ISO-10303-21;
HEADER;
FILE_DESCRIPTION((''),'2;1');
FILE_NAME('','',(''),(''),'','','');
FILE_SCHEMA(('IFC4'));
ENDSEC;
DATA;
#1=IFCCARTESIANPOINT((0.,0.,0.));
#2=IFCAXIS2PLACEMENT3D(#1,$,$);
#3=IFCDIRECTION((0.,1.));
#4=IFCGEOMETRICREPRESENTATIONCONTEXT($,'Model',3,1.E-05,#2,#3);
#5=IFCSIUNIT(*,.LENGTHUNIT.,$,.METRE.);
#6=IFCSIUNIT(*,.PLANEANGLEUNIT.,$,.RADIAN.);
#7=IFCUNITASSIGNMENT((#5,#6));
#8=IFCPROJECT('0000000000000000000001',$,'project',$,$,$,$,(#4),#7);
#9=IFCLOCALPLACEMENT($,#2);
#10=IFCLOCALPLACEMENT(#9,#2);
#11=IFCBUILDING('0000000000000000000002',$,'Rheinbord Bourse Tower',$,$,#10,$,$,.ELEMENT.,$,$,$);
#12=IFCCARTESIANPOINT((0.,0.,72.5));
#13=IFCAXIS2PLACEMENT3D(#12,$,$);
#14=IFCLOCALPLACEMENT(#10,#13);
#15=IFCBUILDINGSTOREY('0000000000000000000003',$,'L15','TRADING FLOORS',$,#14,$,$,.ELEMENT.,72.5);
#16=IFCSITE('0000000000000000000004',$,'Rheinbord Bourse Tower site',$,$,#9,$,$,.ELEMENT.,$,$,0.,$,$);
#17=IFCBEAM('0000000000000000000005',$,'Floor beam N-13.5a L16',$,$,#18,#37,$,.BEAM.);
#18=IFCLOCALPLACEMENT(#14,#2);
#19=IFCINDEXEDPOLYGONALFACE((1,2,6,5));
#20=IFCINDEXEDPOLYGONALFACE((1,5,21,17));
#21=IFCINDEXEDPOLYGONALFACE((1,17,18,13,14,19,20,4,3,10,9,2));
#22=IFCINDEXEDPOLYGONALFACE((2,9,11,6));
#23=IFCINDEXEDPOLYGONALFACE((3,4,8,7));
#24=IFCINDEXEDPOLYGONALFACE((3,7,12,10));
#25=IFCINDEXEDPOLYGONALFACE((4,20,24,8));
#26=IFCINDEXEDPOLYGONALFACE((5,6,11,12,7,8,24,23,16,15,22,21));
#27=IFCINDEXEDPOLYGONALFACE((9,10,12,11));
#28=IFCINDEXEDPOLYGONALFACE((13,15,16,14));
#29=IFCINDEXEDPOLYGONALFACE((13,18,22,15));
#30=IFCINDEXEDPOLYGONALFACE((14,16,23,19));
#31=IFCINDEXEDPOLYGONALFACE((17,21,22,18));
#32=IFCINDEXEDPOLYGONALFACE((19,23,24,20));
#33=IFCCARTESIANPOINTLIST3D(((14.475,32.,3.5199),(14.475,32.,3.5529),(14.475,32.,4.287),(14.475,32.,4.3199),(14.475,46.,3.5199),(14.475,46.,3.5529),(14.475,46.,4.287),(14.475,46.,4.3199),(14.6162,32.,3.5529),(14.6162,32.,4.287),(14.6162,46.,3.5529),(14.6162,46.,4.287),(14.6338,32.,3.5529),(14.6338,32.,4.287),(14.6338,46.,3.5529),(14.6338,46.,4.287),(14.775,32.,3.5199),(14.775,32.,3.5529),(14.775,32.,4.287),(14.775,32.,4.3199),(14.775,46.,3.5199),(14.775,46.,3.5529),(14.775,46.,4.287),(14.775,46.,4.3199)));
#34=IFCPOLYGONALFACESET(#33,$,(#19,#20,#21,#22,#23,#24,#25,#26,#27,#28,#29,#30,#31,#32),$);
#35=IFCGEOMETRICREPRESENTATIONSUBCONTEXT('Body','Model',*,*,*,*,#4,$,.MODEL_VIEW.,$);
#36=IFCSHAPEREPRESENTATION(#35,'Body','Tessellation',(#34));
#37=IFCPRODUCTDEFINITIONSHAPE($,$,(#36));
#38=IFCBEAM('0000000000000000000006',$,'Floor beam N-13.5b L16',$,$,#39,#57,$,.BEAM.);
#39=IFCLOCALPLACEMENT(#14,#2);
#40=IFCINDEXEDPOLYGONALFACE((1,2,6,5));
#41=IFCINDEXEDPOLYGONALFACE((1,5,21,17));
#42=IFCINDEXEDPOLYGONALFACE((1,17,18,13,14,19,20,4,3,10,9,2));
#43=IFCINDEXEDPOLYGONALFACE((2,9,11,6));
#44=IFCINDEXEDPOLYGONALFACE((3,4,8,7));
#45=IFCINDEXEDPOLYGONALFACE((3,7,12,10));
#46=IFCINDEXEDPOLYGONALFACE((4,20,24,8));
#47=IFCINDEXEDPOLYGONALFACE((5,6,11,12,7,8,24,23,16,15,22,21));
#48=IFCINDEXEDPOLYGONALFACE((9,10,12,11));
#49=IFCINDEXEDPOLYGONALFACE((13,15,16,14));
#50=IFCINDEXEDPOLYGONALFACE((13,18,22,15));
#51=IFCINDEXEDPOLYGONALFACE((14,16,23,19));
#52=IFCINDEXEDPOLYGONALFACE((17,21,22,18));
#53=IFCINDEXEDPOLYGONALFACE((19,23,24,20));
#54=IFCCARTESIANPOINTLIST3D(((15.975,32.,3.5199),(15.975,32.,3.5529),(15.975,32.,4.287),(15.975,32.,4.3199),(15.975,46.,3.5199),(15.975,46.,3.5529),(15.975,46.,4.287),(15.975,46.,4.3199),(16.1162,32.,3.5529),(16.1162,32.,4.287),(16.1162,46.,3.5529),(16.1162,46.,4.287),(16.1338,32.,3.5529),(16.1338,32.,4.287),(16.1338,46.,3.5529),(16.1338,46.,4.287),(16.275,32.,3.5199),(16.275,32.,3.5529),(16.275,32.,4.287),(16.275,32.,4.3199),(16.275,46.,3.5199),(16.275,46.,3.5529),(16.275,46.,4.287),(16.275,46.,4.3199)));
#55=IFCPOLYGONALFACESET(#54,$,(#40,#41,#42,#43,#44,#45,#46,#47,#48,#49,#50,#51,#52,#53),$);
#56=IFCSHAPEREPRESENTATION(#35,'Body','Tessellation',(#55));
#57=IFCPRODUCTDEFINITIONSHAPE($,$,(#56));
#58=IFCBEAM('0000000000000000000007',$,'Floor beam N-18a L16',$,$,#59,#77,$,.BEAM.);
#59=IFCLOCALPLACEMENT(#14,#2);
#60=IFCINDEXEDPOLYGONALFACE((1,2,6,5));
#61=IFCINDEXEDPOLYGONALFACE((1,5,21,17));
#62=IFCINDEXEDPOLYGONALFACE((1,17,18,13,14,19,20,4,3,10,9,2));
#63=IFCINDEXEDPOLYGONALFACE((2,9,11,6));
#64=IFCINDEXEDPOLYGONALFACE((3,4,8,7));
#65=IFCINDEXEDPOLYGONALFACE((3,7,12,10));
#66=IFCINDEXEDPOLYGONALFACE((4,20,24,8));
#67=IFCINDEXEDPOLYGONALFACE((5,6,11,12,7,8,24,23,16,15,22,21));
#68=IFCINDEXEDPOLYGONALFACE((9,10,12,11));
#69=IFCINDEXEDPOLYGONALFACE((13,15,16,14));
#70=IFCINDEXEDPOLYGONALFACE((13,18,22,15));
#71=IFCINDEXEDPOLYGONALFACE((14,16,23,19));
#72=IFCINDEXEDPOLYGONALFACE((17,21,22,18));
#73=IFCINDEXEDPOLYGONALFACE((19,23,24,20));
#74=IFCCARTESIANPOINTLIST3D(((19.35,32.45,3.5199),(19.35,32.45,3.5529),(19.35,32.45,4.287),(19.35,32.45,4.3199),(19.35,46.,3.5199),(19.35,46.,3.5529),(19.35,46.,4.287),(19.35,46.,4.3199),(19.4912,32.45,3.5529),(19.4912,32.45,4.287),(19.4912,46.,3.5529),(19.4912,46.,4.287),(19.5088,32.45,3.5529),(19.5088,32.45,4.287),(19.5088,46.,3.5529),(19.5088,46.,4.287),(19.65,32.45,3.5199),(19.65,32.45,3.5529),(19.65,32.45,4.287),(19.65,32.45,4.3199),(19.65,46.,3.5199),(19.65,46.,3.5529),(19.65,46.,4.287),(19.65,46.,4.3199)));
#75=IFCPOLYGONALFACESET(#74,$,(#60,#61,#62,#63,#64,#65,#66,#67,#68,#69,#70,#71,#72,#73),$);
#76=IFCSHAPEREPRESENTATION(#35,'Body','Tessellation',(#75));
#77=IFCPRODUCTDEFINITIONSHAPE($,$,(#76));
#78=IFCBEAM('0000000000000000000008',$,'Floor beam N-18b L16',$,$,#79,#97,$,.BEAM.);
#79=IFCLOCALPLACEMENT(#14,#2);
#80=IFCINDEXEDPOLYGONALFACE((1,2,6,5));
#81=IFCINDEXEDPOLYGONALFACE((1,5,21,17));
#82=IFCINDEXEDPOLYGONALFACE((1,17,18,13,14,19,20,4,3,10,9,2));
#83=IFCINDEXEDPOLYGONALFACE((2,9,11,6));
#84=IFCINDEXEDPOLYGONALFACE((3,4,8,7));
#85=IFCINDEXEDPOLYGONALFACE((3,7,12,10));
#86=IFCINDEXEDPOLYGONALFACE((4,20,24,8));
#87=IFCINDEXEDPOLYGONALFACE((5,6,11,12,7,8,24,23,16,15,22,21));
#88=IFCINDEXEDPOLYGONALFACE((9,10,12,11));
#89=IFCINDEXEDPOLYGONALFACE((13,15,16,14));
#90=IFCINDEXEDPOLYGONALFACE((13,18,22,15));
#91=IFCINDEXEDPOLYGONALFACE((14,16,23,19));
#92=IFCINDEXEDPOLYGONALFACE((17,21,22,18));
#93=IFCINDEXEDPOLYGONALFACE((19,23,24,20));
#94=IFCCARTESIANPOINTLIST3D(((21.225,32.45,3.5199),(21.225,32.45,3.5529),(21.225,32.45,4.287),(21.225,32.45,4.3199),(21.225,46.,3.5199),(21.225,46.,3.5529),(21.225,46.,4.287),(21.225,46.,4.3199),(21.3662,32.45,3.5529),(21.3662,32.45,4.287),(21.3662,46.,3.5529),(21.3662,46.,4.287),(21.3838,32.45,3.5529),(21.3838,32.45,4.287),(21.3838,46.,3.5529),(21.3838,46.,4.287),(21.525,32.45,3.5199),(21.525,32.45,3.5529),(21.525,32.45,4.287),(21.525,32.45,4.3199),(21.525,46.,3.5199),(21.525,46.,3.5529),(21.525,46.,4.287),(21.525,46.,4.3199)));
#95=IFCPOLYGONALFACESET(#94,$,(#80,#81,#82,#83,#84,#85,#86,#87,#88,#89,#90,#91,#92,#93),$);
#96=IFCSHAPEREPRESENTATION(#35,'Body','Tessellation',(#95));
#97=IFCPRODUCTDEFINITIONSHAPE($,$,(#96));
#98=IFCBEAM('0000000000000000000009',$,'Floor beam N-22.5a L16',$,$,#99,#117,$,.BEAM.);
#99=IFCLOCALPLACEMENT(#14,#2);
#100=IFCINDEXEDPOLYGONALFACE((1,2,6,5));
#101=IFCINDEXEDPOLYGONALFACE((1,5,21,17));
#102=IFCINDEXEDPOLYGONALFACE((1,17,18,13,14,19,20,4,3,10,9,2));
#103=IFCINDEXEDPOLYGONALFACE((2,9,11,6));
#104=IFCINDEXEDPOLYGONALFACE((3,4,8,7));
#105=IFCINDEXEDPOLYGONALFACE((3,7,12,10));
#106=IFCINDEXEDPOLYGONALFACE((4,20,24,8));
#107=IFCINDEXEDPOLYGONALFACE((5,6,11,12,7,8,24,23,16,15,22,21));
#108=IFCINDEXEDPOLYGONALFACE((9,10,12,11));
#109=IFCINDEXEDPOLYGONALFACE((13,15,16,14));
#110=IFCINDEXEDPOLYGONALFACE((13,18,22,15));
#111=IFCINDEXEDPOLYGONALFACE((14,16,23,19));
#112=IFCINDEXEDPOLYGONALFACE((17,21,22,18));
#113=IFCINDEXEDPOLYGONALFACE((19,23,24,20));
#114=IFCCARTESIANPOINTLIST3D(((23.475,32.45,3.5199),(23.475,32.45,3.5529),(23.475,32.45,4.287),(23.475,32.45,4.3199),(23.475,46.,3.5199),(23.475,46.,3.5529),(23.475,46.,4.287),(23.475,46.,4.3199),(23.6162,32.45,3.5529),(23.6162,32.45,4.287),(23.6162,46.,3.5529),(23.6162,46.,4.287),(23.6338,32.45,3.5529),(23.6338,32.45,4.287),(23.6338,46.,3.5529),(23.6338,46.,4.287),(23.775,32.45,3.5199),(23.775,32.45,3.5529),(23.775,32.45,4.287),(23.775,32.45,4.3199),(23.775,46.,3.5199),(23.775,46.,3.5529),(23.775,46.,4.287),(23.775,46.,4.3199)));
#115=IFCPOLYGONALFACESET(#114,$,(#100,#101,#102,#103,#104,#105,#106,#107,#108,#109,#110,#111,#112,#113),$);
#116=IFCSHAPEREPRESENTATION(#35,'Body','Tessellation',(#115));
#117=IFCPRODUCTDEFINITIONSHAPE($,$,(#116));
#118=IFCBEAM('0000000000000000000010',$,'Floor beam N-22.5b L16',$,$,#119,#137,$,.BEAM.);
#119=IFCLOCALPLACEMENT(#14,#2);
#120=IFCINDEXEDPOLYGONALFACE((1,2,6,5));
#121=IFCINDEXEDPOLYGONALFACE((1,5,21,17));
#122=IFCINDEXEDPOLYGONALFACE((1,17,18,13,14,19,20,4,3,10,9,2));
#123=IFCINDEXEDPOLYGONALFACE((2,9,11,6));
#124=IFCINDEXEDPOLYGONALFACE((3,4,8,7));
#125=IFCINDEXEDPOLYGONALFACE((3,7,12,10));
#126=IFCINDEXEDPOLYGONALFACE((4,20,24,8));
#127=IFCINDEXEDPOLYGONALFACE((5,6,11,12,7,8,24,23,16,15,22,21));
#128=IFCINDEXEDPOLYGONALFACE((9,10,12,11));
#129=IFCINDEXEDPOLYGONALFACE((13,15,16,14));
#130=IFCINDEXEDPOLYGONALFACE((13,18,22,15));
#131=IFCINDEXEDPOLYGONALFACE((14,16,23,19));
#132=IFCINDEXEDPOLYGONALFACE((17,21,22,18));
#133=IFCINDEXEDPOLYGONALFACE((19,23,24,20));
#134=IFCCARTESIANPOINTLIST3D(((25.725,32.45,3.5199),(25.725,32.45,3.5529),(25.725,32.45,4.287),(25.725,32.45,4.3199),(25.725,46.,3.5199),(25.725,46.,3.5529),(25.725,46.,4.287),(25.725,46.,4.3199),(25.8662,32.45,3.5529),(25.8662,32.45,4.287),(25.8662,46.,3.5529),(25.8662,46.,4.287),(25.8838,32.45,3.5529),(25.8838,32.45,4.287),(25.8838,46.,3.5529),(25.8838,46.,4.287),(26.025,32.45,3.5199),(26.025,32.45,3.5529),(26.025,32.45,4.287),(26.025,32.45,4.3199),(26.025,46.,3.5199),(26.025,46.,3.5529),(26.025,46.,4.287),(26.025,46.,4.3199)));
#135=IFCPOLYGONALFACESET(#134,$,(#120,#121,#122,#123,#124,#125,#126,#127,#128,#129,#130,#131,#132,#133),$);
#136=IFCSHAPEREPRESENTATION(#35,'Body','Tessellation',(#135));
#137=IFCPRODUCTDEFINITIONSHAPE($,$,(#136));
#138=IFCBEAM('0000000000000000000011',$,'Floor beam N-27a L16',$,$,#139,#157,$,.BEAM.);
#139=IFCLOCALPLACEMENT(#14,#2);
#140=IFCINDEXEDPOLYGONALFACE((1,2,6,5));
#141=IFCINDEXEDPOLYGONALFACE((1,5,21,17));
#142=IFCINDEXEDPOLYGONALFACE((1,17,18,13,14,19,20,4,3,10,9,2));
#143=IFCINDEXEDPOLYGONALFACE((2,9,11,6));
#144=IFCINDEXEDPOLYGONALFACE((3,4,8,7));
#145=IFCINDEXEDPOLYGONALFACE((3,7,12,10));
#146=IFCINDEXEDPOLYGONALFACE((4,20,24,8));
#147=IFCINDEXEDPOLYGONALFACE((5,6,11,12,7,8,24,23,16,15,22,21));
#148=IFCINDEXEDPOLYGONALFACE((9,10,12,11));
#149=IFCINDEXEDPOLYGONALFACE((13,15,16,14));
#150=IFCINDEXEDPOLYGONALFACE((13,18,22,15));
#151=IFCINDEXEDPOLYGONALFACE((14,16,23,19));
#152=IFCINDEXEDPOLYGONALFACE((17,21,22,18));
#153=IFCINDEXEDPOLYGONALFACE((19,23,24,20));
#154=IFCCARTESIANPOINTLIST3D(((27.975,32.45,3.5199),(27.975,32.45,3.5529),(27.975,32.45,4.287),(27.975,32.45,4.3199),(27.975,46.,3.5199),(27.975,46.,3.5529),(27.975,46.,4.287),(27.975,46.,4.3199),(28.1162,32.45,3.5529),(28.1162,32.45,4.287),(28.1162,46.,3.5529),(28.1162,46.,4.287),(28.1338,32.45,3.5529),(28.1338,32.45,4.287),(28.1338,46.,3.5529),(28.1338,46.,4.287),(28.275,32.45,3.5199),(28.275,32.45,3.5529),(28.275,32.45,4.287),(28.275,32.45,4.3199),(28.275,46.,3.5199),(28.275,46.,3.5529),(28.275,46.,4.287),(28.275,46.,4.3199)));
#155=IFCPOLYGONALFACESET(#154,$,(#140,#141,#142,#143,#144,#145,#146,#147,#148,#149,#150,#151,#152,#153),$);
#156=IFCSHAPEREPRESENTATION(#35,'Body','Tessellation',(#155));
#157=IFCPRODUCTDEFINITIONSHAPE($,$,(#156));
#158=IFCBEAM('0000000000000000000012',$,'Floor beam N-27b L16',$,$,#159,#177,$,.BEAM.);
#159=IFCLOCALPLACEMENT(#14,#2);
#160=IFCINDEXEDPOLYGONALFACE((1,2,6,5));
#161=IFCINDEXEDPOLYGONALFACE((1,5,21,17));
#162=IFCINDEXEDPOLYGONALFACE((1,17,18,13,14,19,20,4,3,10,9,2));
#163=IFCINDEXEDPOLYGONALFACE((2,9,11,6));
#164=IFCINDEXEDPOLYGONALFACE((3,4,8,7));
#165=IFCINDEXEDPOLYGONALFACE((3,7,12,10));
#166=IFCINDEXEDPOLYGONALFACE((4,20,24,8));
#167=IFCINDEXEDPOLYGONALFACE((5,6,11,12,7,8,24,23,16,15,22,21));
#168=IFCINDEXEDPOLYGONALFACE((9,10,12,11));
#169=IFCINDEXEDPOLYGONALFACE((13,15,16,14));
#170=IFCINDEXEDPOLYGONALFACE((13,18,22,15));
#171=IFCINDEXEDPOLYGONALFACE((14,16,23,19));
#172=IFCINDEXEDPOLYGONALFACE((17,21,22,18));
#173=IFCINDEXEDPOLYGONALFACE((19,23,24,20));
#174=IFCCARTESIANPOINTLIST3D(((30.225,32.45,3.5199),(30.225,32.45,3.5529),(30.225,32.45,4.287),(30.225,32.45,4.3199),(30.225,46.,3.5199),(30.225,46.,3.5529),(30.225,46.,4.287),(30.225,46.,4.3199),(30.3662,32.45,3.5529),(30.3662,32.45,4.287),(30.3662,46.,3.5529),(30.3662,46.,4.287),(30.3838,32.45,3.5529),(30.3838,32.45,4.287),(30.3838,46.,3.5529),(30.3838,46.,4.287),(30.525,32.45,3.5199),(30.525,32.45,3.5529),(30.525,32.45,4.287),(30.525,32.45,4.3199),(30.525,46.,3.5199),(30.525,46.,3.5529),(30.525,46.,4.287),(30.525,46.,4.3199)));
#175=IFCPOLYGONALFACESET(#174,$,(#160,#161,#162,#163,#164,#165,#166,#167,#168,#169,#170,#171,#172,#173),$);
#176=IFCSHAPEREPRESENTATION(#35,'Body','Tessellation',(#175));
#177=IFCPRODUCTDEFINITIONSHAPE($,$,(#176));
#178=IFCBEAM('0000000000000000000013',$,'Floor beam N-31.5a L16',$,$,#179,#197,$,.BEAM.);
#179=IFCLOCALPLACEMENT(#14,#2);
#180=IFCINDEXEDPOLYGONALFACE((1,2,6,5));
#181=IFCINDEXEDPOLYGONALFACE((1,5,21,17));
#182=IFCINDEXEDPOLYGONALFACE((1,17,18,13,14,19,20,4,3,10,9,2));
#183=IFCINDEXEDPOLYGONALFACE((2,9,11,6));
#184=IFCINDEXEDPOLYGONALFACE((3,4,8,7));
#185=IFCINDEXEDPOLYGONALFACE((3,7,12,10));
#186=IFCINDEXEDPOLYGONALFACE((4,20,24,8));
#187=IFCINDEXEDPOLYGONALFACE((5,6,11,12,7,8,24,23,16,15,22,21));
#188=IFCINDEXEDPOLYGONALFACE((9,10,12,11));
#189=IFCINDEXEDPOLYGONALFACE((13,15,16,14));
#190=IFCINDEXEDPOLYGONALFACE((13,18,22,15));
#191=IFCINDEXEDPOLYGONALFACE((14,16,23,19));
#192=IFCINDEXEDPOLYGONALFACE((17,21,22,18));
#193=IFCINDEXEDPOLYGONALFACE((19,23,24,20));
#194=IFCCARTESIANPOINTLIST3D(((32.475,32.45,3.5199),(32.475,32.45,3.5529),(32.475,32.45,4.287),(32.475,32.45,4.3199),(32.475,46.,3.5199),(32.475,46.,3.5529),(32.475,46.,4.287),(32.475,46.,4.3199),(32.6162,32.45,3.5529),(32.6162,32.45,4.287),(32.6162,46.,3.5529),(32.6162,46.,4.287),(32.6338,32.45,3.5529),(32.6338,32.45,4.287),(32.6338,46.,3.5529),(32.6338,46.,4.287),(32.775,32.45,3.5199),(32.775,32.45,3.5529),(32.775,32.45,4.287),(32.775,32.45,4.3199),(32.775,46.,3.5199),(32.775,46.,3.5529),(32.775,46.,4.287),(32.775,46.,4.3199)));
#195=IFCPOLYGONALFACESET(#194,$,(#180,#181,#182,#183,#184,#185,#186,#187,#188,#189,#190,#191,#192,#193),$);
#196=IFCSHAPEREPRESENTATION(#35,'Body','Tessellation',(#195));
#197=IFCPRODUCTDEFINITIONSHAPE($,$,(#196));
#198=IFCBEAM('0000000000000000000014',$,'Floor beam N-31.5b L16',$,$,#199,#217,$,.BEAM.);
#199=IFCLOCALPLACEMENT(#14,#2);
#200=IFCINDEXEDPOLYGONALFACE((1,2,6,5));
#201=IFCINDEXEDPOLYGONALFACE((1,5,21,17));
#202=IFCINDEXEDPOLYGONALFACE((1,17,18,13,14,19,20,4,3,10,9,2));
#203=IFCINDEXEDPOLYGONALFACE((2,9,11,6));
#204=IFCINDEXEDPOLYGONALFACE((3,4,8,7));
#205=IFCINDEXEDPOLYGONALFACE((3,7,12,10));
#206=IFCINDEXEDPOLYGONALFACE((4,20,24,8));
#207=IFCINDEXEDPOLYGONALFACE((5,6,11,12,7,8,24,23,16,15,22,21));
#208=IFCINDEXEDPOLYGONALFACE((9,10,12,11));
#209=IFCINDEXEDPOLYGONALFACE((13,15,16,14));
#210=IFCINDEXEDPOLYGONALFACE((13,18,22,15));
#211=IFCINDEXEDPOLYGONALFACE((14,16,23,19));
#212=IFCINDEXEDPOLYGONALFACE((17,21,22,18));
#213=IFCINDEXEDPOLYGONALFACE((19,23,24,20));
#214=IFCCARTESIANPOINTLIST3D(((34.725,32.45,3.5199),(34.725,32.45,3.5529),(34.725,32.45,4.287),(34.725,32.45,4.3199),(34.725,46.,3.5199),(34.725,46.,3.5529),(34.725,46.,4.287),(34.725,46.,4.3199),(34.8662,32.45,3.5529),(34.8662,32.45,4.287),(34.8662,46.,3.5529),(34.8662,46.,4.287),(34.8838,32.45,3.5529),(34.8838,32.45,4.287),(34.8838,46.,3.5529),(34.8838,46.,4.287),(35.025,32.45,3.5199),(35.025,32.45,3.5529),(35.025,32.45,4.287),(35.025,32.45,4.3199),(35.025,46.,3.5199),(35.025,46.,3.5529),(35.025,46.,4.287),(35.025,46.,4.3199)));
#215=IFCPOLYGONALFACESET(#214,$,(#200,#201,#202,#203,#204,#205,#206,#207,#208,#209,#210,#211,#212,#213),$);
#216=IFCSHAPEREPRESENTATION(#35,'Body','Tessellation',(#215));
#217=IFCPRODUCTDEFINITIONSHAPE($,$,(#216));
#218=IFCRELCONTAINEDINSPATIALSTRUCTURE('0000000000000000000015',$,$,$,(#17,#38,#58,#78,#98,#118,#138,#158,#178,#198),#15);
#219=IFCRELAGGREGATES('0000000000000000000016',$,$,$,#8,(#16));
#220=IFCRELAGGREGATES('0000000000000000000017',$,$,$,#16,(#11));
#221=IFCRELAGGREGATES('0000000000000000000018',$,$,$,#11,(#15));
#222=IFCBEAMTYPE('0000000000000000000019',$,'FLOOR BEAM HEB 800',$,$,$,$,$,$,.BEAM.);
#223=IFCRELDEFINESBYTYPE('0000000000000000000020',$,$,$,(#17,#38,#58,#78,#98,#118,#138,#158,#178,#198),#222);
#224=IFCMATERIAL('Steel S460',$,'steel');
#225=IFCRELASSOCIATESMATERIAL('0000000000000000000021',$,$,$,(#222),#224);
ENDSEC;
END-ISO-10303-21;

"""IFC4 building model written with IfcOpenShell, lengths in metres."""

from ifc_helpers import new_model, si_unit, direction, frame, origin, origin_2d, place, context, subcontext, project, spatial, i_section, extrude, material, material_profile, profile_set, type_object, element, save


model = new_model("IFC4")

# Units and contexts
model_context = context("Model", 3, precision=1e-05, world=origin(), true_north=direction((0.0, 1.0)))
body_context = subcontext(model_context, "Body", "Model", "MODEL_VIEW")
ifc_project = project(units=[si_unit("LENGTHUNIT", "METRE"), si_unit("PLANEANGLEUNIT", "RADIAN")], contexts=[model_context])

# Site, building, storey
site_placement = place(None, origin())
site = spatial("IfcSite", under=ifc_project, at=site_placement, Name="Rheinbord Bourse Tower site", CompositionType="ELEMENT", RefElevation=0.0)
building_placement = place(site_placement, origin())
building = spatial("IfcBuilding", under=site, at=building_placement, Name="Rheinbord Bourse Tower", CompositionType="ELEMENT")
storey_placement = place(building_placement, frame((0.0, 0.0, 72.5)))
storey = spatial("IfcBuildingStorey", under=building, at=storey_placement, Name="L15", Description="TRADING FLOORS", CompositionType="ELEMENT", Elevation=72.5)

# Beams
ifc_material_1 = material(Name="Steel S460", Category="steel")
ifc_material_profile_1 = material_profile(ifc_material_1, i_section(OverallWidth=0.3, OverallDepth=0.8, WebThickness=0.0176, FlangeThickness=0.033, at=origin_2d()), Name="HEB 800")
ifc_profile_set_1 = profile_set([ifc_material_profile_1], Name="Steel S460")
beam_type_1 = type_object("IfcBeamType", Name="FLOOR BEAM HEB 800", PredefinedType="BEAM", material=ifc_profile_set_1)
for number, where, z_axis, x_axis, name in (
    (1, (14.625, 46.0, 3.9199), (0.0, -1.0, 0.0), (1.0, 0.0, 0.0), "Floor beam N-13.5a L16"),
    (2, (16.125, 46.0, 3.9199), (0.0, -1.0, 0.0), (1.0, 0.0, 0.0), "Floor beam N-13.5b L16"),
):
    element("IfcBeam", number, at=place(storey_placement, frame(where, z_axis=z_axis, x_axis=x_axis)), inside=storey, type_object=beam_type_1, Name=name, PredefinedType="BEAM", context=body_context, shape_type="SweptSolid", body=[
        extrude(i_section(OverallWidth=0.3, OverallDepth=0.8, WebThickness=0.0176, FlangeThickness=0.033, at=origin_2d()), origin(), (0.0, 0.0, 1.0), 14.0),
    ])
for number, where, z_axis, x_axis, name in (
    (3, (19.5, 46.0, 3.9199), (0.0, -1.0, 0.0), (1.0, 0.0, 0.0), "Floor beam N-18a L16"),
    (4, (21.375, 46.0, 3.9199), (0.0, -1.0, 0.0), (1.0, 0.0, 0.0), "Floor beam N-18b L16"),
    (5, (23.625, 46.0, 3.9199), (0.0, -1.0, 0.0), (1.0, 0.0, 0.0), "Floor beam N-22.5a L16"),
    (6, (25.875, 46.0, 3.9199), (0.0, -1.0, 0.0), (1.0, 0.0, 0.0), "Floor beam N-22.5b L16"),
    (7, (28.125, 46.0, 3.9199), (0.0, -1.0, 0.0), (1.0, 0.0, 0.0), "Floor beam N-27a L16"),
    (8, (30.375, 46.0, 3.9199), (0.0, -1.0, 0.0), (1.0, 0.0, 0.0), "Floor beam N-27b L16"),
    (9, (32.625, 46.0, 3.9199), (0.0, -1.0, 0.0), (1.0, 0.0, 0.0), "Floor beam N-31.5a L16"),
    (10, (34.875, 46.0, 3.9199), (0.0, -1.0, 0.0), (1.0, 0.0, 0.0), "Floor beam N-31.5b L16"),
):
    element("IfcBeam", number, at=place(storey_placement, frame(where, z_axis=z_axis, x_axis=x_axis)), inside=storey, type_object=beam_type_1, Name=name, PredefinedType="BEAM", context=body_context, shape_type="SweptSolid", body=[
        extrude(i_section(OverallWidth=0.3, OverallDepth=0.8, WebThickness=0.0176, FlangeThickness=0.033, at=origin_2d()), origin(), (0.0, 0.0, 1.0), 13.55),
    ])

save(model, "model.ifc")
